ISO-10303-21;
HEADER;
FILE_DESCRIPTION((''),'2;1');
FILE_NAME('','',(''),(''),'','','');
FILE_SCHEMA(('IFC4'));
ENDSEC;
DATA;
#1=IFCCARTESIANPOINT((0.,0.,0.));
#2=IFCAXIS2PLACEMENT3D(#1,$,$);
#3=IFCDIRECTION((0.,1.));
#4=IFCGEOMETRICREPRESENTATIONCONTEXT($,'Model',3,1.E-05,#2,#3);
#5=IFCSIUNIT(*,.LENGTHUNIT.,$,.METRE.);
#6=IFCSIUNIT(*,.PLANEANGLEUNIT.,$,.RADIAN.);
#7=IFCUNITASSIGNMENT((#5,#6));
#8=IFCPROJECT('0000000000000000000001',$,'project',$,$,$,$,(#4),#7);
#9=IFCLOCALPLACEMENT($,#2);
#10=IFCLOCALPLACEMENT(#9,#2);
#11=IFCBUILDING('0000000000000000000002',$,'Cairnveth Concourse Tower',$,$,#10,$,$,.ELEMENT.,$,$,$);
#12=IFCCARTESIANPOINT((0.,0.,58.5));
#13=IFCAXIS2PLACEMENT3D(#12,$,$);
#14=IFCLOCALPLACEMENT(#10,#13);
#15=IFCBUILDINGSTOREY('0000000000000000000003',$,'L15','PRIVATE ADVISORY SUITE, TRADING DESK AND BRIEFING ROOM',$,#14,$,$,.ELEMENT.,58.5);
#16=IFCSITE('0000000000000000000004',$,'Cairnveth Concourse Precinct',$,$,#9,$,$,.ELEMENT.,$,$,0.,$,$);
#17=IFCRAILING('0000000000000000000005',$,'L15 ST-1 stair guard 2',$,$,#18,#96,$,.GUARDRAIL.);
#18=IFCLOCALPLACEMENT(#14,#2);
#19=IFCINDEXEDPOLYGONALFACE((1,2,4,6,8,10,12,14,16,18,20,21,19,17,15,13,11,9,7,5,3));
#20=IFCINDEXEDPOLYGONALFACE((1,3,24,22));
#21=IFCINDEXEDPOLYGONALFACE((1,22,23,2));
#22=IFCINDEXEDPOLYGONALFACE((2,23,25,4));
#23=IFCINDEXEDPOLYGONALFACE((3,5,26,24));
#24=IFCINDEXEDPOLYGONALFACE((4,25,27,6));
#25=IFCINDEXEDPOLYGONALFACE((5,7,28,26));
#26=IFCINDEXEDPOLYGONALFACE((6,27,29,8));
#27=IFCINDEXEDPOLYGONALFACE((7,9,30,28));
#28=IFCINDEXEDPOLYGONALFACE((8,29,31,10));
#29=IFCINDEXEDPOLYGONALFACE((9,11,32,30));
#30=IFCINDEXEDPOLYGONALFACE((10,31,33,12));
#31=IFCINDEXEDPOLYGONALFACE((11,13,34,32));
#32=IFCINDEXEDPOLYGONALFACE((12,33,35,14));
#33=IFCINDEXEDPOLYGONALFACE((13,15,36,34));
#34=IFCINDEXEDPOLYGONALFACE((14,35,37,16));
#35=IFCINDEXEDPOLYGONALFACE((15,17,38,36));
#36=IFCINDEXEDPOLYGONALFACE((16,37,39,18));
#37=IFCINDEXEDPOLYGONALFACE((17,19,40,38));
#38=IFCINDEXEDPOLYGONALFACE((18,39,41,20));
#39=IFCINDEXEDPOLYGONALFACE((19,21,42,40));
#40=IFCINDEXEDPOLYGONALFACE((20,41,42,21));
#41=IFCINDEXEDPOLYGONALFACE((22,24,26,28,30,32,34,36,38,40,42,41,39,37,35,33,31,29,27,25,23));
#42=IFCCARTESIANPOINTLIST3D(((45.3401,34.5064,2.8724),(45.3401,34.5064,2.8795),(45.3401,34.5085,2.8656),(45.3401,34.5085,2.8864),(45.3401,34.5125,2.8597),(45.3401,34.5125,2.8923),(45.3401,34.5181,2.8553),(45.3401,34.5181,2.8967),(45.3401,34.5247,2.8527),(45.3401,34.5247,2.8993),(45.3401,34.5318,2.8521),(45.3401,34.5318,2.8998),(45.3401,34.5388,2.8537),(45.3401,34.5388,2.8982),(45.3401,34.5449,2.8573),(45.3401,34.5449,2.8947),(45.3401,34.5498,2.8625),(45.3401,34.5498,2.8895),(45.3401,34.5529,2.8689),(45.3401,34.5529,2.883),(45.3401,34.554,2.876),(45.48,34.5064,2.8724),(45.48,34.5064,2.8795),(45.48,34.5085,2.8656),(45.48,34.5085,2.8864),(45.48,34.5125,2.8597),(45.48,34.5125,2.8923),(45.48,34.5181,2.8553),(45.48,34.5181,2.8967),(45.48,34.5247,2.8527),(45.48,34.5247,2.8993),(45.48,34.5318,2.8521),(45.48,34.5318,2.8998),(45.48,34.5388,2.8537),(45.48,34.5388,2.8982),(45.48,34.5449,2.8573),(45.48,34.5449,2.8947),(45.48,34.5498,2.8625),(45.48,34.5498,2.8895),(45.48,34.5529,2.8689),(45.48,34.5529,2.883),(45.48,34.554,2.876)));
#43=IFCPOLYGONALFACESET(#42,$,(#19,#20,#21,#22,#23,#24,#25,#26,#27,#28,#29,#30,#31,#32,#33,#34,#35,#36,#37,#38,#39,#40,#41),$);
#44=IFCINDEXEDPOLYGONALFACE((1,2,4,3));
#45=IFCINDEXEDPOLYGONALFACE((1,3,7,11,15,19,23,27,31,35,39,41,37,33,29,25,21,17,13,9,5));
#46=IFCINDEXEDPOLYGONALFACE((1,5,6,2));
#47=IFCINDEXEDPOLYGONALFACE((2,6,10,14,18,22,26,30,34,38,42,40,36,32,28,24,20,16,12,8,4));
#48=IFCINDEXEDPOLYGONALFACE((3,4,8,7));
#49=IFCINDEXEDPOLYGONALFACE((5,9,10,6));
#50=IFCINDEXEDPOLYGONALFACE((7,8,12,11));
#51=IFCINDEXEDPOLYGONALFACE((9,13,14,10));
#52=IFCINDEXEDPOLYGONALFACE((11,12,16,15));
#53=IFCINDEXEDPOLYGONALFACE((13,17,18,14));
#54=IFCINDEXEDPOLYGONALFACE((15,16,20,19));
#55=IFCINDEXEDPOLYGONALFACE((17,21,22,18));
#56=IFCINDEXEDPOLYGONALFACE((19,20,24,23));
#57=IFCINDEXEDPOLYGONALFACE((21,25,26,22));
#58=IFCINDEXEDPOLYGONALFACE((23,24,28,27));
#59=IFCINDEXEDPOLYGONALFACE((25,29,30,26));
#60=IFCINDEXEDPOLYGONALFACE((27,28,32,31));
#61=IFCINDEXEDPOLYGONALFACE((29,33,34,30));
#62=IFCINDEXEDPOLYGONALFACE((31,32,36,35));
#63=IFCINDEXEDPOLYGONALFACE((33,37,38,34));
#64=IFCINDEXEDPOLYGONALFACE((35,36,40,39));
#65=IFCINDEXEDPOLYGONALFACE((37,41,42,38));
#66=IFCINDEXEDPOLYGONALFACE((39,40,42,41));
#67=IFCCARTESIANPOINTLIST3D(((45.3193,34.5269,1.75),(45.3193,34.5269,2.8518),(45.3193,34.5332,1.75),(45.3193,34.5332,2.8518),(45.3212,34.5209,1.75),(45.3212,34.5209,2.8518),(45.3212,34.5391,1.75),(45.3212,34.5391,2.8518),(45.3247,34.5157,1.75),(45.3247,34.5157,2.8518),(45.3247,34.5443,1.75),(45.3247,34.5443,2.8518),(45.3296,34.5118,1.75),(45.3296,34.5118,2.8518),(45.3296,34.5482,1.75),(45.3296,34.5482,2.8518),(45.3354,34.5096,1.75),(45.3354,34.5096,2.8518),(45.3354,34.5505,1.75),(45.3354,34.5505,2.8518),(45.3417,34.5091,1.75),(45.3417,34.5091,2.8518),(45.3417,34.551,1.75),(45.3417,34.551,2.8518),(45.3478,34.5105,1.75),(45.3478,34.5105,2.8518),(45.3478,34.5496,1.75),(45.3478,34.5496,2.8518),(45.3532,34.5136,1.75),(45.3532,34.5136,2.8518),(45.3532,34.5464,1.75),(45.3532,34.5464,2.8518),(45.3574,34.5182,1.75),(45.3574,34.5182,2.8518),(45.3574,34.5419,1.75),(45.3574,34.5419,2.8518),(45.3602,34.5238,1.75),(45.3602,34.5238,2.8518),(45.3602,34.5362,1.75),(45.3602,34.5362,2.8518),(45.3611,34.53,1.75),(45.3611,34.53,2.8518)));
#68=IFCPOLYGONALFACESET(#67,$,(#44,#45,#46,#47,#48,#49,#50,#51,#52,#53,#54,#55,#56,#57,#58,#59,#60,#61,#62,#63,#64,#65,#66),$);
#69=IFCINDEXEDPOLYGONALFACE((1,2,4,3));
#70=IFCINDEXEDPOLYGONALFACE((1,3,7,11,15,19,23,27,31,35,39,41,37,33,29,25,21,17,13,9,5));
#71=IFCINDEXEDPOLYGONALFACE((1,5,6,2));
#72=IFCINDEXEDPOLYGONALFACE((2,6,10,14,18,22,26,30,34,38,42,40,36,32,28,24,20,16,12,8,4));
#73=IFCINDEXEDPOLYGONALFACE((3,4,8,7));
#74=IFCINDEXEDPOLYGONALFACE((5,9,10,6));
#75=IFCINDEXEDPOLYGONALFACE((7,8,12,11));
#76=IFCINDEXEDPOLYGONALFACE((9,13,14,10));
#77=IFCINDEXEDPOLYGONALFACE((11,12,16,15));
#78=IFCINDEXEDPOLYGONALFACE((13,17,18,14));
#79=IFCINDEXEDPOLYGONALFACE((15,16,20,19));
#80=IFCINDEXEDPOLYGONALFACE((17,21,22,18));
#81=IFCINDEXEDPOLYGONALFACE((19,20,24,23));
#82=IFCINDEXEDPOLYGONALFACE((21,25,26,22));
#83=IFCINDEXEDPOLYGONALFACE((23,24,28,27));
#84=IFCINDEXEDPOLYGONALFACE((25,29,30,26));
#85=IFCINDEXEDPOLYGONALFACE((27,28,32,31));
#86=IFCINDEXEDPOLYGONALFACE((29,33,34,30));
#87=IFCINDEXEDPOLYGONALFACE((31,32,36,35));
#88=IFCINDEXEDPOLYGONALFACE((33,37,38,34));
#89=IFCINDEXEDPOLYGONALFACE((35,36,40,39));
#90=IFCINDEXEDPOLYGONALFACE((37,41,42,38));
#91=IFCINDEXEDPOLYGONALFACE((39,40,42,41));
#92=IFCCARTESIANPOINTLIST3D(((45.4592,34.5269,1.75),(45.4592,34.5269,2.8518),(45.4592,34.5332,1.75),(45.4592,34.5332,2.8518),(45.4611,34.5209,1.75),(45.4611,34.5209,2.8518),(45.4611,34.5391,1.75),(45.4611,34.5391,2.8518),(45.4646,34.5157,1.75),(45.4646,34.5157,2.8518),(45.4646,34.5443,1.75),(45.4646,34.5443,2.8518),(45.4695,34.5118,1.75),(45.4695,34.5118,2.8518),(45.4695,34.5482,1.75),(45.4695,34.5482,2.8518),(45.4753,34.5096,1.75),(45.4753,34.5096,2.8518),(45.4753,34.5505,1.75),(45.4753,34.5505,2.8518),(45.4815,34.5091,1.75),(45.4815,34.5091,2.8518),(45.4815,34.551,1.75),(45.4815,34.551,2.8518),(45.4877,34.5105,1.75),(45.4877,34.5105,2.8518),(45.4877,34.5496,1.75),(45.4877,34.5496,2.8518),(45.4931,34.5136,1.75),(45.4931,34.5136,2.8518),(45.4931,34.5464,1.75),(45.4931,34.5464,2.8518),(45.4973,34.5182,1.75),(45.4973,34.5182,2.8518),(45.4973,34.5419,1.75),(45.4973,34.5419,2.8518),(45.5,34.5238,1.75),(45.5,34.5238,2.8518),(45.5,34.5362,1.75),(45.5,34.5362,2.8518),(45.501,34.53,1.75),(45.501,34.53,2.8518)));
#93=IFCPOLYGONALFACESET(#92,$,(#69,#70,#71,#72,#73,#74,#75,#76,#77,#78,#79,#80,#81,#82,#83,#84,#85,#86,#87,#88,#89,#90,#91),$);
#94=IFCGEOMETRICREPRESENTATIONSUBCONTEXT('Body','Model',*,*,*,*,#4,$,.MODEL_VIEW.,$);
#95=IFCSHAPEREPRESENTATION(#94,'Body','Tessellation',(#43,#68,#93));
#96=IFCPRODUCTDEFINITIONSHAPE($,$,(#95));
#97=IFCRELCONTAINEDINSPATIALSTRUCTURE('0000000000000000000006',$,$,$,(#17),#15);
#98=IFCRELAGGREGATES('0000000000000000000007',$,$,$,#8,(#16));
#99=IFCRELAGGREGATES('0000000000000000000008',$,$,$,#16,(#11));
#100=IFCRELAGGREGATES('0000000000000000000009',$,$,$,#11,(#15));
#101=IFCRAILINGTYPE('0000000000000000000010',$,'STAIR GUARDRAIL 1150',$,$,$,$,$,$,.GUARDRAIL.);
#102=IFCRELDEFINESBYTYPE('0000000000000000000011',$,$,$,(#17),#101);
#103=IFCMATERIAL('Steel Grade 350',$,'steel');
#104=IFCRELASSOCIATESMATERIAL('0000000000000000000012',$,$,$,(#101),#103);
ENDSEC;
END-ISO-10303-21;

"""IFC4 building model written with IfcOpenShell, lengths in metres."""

from ifc_helpers import new_model, si_unit, direction, frame, origin, origin_2d, place, context, subcontext, project, spatial, circle, extrude, material, type_object, element, save


model = new_model("IFC4")

# Units and contexts
model_context = context("Model", 3, precision=1e-05, world=origin(), true_north=direction((0.0, 1.0)))
body_context = subcontext(model_context, "Body", "Model", "MODEL_VIEW")
ifc_project = project(units=[si_unit("LENGTHUNIT", "METRE"), si_unit("PLANEANGLEUNIT", "RADIAN")], contexts=[model_context])

# Site, building, storey
site_placement = place(None, origin())
site = spatial("IfcSite", under=ifc_project, at=site_placement, Name="Cairnveth Concourse Precinct", CompositionType="ELEMENT", RefElevation=0.0)
building_placement = place(site_placement, origin())
building = spatial("IfcBuilding", under=site, at=building_placement, Name="Cairnveth Concourse Tower", CompositionType="ELEMENT")
storey_placement = place(building_placement, frame((0.0, 0.0, 58.5)))
storey = spatial("IfcBuildingStorey", under=building, at=storey_placement, Name="L15", Description="PRIVATE ADVISORY SUITE, TRADING DESK AND BRIEFING ROOM", CompositionType="ELEMENT", Elevation=58.5)

# Railing
ifc_material_1 = material(Name="Steel Grade 350", Category="steel")
railing_type_1 = type_object("IfcRailingType", Name="STAIR GUARDRAIL 1150", PredefinedType="GUARDRAIL", material=ifc_material_1)
railing_1_placement = place(storey_placement, frame((45.3401, 34.53, 1.75)))
element("IfcRailing", 1, at=railing_1_placement, inside=storey, type_object=railing_type_1, Name="L15 ST-1 stair guard 2", PredefinedType="GUARDRAIL", context=body_context, shape_type="SweptSolid", body=[
    extrude(circle(Radius=0.0239, at=origin_2d()), frame((0.0, 0.0, 1.126), z_axis=(1.0, 0.0, 0.0), x_axis=(0.0, 1.0, 0.0)), (0.0, 0.0, 1.0), 0.1399),
    extrude(circle(Radius=0.021, at=origin_2d()), origin(), (0.0, 0.0, 1.0), 1.1018),
    extrude(circle(Radius=0.021, at=origin_2d()), frame((0.1399, 0.0, 0.0)), (0.0, 0.0, 1.0), 1.1018),
])

save(model, "model.ifc")
